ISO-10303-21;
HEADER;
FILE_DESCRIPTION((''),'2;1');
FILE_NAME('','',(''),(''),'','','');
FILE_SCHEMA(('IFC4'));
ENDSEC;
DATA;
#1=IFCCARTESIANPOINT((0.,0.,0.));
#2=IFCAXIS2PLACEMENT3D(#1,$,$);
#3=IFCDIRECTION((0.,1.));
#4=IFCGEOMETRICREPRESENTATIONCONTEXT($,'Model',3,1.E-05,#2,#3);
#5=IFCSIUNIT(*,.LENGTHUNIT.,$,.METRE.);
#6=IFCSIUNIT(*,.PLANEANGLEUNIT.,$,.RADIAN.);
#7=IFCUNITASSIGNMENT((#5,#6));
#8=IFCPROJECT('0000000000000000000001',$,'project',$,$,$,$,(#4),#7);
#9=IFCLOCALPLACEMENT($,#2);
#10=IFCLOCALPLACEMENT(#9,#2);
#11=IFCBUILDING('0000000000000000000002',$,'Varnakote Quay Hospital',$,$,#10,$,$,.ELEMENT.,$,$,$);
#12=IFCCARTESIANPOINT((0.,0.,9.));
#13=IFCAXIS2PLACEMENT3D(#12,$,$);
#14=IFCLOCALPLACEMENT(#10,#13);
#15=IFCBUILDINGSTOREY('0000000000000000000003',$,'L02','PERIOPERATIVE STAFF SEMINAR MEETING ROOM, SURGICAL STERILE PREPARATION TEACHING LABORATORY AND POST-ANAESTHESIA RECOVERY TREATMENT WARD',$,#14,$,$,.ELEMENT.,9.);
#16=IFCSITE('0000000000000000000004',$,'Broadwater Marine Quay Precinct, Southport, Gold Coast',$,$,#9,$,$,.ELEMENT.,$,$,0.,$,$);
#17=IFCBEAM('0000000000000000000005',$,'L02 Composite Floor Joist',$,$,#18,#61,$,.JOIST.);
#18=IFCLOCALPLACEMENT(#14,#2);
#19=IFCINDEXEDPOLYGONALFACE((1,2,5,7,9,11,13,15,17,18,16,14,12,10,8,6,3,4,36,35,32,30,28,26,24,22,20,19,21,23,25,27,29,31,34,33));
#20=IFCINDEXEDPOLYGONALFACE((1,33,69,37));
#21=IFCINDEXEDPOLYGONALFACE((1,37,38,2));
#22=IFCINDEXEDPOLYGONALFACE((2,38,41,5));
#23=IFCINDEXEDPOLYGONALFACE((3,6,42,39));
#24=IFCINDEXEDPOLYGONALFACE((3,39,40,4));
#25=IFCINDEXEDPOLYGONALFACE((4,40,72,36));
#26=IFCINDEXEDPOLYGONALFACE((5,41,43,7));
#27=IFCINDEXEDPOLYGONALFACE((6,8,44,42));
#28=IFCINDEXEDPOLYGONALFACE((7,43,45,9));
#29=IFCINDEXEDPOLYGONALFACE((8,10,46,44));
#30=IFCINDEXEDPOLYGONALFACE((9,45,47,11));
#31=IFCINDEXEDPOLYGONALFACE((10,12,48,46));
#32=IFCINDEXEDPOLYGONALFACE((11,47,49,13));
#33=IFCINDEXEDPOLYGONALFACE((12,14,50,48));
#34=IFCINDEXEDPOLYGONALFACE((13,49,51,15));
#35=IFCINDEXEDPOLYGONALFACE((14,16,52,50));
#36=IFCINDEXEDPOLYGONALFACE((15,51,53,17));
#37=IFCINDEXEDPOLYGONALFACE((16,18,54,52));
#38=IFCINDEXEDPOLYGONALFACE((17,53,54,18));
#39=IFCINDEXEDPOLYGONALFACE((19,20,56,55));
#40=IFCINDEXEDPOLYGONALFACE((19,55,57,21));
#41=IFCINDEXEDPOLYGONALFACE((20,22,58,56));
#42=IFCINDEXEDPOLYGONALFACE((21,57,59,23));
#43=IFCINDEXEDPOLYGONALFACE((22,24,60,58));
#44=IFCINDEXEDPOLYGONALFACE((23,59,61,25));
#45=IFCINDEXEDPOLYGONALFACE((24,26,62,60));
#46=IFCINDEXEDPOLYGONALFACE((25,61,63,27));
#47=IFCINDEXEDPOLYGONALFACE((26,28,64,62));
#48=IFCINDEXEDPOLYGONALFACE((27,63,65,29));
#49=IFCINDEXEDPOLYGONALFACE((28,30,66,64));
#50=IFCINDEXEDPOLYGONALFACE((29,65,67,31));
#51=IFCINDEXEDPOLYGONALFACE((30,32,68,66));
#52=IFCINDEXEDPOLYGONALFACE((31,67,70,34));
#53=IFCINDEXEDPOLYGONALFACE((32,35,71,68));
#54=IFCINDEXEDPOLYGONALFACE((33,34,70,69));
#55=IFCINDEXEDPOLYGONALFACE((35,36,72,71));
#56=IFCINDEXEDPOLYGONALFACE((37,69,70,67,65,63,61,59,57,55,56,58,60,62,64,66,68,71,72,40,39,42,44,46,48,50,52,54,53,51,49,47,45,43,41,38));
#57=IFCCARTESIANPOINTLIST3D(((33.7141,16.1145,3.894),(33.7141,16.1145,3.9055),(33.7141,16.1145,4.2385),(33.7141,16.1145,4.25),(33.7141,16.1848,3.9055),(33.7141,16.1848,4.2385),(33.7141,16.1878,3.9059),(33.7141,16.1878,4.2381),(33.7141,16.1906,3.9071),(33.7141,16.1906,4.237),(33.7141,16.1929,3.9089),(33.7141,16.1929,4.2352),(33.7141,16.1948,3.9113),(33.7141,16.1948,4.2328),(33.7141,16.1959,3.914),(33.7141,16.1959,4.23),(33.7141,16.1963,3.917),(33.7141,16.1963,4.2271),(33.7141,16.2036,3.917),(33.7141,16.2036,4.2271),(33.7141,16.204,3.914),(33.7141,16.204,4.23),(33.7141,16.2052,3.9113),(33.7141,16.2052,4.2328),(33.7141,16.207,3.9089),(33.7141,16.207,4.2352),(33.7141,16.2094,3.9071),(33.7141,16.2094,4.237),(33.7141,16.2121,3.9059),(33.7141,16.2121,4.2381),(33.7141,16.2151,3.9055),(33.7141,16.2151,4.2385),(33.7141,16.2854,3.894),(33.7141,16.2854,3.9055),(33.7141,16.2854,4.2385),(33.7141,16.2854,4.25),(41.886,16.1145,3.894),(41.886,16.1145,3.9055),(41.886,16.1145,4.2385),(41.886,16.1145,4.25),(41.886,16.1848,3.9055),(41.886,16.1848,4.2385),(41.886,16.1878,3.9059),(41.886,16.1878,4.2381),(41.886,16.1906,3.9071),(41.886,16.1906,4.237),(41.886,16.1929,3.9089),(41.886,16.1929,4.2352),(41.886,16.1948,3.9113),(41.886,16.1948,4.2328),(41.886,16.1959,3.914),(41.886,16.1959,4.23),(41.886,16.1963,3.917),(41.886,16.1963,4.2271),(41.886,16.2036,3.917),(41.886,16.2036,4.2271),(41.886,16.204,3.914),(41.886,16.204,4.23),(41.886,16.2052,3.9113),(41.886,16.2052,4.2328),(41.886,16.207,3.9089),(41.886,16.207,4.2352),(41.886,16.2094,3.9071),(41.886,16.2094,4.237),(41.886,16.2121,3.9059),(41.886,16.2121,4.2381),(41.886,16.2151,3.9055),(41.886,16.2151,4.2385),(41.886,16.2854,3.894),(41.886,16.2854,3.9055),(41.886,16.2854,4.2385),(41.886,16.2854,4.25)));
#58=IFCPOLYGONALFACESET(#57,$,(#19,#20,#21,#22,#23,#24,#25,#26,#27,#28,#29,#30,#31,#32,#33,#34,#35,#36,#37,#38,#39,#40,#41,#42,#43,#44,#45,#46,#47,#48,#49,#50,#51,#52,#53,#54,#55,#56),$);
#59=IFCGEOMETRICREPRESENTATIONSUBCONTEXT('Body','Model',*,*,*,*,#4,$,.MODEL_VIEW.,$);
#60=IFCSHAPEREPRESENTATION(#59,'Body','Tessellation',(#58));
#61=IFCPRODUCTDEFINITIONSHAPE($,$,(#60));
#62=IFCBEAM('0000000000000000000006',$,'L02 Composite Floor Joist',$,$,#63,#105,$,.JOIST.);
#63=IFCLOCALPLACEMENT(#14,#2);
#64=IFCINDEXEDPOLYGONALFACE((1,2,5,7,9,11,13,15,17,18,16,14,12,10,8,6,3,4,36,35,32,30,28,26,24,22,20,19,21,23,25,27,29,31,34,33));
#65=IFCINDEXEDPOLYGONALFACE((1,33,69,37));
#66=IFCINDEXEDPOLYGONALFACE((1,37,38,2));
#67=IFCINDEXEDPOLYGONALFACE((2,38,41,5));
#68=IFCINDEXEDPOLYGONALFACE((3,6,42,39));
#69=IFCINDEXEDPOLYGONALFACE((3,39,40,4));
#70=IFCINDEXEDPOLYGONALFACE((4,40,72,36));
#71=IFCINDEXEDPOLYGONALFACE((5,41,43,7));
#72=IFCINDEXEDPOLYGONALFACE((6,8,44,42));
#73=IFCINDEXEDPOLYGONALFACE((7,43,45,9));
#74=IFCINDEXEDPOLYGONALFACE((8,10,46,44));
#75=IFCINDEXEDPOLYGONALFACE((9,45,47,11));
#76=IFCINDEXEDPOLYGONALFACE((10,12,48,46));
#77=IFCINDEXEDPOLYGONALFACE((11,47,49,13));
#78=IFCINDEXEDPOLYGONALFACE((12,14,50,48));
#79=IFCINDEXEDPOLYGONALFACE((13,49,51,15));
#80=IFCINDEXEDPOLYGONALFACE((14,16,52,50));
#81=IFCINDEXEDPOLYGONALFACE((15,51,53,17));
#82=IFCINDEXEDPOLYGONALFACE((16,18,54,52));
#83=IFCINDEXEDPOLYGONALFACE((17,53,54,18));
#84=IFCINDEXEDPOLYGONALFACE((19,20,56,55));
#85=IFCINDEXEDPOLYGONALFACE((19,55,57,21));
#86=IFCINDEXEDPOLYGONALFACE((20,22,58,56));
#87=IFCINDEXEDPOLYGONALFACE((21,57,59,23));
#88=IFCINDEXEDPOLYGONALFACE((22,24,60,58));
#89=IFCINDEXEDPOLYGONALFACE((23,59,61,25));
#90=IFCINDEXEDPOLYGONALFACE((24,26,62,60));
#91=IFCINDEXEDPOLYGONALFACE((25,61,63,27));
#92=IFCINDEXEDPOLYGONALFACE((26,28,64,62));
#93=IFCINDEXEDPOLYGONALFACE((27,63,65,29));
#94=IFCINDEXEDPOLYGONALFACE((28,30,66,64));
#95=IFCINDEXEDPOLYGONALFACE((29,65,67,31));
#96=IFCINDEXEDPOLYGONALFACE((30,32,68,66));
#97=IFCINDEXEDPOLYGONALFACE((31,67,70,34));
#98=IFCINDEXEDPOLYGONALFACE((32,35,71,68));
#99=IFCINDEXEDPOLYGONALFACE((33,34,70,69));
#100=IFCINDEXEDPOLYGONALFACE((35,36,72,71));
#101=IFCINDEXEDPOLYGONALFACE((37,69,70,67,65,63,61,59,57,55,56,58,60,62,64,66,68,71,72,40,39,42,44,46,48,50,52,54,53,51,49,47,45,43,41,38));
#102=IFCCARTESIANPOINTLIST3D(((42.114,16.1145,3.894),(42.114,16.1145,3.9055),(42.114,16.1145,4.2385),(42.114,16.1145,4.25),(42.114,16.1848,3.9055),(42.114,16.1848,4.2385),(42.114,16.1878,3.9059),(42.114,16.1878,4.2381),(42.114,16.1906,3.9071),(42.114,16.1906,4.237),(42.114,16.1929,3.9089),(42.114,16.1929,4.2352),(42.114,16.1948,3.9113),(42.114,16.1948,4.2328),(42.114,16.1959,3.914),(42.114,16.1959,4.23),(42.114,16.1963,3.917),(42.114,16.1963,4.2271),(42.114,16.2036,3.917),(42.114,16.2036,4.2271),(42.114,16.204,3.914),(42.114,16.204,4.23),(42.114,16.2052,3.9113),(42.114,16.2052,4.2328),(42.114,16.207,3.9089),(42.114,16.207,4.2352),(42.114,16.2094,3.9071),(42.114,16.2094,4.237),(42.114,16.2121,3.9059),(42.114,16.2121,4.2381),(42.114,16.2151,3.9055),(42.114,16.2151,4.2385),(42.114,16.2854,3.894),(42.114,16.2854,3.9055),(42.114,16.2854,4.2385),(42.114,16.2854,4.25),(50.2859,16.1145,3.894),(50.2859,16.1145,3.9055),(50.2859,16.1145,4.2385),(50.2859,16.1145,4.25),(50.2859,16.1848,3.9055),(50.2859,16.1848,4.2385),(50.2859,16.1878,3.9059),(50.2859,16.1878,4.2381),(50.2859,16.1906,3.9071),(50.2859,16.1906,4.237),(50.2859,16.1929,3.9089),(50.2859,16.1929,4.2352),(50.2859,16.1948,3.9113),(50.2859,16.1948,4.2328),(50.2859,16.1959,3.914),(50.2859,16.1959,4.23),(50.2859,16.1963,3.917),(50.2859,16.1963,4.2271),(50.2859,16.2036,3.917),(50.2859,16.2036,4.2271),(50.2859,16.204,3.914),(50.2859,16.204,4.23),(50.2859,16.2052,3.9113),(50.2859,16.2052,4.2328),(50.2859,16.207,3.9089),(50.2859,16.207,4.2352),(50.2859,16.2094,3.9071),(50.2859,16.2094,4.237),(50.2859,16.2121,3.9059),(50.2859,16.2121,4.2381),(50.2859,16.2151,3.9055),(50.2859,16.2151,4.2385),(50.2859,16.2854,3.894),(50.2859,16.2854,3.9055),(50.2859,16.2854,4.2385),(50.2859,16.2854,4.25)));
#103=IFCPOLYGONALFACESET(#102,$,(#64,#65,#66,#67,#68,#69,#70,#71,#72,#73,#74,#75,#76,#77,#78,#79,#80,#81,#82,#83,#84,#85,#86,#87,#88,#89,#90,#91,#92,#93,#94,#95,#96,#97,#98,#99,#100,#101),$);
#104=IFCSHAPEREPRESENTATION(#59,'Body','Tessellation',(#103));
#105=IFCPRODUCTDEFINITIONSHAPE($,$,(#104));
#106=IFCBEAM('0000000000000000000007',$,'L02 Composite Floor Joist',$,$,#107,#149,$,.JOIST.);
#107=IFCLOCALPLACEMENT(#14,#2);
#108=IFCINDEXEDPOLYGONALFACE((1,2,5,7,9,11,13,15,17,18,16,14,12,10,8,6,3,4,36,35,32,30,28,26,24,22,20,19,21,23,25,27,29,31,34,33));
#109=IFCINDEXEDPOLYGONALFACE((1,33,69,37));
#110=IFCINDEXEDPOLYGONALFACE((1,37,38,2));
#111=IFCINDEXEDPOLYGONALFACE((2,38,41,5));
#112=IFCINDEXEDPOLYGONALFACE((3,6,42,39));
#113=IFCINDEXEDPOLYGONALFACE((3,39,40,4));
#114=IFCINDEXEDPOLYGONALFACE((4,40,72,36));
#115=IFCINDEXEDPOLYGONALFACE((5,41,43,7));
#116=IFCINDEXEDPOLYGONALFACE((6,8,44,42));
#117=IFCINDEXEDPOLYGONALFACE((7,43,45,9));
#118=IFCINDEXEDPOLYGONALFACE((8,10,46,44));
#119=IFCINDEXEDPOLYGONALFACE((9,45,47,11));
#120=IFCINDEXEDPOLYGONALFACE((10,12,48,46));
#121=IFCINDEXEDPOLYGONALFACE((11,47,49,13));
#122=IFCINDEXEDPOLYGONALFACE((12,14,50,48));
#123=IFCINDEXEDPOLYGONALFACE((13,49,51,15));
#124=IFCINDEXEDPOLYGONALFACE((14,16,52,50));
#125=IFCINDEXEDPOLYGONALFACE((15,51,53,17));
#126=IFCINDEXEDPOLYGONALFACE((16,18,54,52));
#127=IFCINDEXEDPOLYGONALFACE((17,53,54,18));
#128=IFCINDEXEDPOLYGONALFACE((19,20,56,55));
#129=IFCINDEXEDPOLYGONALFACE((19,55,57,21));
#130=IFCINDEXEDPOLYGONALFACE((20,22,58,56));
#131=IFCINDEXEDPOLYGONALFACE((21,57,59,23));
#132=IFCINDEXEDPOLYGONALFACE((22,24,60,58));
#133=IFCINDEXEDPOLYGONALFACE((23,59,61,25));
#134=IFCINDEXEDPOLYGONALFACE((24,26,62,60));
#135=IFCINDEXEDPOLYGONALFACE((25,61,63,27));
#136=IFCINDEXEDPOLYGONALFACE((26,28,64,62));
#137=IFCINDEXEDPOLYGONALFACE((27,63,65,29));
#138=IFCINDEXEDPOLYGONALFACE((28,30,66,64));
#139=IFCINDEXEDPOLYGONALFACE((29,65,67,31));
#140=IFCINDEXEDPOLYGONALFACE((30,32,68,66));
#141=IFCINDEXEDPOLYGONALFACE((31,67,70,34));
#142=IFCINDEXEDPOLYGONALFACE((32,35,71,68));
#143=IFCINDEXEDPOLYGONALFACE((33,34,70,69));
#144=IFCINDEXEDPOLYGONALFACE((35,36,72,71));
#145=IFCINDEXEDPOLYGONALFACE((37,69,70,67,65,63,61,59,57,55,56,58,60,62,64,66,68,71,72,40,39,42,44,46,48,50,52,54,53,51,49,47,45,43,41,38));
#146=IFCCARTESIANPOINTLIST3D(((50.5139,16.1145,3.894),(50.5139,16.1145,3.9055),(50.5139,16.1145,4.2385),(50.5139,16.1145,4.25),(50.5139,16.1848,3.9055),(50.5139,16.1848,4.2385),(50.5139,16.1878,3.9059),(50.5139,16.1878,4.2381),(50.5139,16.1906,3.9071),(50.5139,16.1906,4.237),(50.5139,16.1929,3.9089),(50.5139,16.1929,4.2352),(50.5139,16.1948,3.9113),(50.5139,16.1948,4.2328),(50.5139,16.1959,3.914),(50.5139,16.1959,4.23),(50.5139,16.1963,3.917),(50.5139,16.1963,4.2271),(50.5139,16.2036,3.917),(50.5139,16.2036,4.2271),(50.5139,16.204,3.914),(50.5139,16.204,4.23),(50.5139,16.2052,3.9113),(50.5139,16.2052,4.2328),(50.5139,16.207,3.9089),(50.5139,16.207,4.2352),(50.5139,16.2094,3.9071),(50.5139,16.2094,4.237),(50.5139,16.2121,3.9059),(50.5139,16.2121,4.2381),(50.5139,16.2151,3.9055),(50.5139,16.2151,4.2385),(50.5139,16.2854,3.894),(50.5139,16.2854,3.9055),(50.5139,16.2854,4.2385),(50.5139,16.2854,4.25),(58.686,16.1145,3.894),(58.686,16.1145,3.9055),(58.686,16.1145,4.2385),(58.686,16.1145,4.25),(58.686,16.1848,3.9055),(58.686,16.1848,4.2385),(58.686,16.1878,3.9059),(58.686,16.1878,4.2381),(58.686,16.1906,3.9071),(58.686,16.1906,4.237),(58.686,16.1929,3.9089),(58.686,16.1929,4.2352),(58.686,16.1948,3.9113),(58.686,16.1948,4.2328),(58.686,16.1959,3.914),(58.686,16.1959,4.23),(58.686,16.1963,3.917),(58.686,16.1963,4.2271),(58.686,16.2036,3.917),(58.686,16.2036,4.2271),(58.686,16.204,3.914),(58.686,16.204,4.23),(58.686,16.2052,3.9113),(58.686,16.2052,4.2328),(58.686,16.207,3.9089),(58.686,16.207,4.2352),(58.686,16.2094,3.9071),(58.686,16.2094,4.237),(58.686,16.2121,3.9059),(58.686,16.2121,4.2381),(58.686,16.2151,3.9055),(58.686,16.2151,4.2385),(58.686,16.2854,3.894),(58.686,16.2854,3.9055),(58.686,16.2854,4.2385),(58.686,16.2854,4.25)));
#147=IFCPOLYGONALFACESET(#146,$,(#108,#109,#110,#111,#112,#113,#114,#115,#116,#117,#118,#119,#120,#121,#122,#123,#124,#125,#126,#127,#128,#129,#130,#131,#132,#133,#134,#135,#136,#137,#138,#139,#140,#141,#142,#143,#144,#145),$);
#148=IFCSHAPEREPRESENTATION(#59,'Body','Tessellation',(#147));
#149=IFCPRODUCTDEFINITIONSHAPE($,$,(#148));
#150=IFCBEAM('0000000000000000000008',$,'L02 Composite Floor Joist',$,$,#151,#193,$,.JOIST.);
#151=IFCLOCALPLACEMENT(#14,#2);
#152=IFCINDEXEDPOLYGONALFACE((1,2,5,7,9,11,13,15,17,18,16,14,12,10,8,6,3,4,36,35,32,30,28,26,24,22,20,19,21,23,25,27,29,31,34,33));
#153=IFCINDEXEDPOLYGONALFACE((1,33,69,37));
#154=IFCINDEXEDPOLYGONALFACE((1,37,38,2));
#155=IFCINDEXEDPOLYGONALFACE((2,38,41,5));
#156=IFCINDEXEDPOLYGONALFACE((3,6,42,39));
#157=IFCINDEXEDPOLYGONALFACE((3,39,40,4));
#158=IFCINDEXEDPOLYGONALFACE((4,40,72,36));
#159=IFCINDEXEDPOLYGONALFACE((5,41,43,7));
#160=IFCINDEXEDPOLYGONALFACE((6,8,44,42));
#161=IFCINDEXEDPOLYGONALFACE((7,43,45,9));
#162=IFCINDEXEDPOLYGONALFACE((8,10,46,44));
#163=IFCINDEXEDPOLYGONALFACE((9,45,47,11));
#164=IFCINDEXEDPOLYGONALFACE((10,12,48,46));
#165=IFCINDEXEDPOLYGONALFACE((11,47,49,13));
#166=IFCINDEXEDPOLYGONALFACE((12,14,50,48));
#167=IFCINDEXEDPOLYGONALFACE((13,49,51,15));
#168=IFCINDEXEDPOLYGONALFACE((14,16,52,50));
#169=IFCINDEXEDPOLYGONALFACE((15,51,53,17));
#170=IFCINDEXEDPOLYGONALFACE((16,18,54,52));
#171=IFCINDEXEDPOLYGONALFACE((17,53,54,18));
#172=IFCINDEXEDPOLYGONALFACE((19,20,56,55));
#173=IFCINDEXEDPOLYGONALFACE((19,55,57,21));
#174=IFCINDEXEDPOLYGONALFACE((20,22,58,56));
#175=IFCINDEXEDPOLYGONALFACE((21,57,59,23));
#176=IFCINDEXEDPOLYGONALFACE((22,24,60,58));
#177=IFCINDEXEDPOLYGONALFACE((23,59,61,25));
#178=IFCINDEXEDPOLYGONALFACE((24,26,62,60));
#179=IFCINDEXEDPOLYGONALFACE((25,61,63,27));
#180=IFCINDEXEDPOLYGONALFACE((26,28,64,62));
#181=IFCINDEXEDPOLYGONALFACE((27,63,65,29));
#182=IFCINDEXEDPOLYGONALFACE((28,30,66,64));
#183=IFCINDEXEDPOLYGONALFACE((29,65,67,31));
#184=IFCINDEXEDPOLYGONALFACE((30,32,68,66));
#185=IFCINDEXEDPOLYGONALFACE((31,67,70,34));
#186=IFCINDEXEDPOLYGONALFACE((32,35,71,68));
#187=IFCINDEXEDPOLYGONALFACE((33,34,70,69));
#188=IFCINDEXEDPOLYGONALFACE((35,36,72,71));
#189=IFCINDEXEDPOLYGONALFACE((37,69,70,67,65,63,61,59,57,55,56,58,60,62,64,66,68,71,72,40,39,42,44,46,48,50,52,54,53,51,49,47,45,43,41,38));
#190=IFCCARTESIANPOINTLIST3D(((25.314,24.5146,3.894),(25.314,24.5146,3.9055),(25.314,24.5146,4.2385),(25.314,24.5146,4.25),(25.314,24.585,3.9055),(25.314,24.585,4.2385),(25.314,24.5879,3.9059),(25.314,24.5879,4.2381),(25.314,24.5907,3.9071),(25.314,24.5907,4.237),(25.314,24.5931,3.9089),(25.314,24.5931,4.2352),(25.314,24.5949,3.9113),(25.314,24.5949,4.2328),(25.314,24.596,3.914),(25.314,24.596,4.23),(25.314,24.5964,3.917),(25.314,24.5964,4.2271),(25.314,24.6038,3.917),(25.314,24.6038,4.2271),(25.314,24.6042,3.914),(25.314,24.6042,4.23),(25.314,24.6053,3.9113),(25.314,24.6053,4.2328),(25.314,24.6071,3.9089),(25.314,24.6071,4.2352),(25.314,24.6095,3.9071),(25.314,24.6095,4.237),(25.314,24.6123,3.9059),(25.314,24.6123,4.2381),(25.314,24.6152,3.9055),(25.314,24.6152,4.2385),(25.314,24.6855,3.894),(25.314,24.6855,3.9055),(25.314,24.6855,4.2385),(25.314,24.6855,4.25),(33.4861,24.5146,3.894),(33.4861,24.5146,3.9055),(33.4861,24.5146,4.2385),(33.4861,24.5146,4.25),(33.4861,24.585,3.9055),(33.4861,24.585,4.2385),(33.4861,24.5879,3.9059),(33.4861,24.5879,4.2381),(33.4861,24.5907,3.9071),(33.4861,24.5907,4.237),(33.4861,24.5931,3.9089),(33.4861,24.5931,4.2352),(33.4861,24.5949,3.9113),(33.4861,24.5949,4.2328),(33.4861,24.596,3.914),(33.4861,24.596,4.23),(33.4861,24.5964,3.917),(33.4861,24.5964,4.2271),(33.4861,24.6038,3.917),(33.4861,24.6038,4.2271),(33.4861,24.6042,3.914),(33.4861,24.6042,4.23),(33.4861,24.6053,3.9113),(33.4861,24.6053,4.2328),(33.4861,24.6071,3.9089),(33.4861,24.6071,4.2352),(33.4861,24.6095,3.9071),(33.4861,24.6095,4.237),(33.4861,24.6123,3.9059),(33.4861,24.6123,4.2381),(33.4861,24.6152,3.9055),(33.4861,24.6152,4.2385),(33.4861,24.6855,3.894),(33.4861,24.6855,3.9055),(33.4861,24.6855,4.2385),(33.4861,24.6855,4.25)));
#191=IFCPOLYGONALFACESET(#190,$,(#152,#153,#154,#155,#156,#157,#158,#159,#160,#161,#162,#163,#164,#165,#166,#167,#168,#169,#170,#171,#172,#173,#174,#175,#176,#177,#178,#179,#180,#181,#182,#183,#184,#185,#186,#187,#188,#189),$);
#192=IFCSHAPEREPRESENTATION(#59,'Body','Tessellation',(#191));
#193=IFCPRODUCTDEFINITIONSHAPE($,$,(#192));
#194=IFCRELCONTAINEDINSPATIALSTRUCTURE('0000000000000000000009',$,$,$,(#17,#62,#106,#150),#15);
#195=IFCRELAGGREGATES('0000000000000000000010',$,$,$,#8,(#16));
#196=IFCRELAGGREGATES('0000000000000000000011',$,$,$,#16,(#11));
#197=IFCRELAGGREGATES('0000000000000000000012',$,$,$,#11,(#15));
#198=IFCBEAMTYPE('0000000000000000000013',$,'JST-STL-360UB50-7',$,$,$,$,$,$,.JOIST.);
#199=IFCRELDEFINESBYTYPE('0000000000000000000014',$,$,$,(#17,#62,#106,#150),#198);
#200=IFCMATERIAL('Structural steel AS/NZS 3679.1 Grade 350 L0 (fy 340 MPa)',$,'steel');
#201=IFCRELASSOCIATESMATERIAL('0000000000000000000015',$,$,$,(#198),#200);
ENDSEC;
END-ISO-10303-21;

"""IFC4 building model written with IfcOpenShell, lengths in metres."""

from ifc_helpers import new_model, si_unit, direction, frame, origin, origin_2d, place, context, subcontext, project, spatial, i_section, extrude, material, material_profile, profile_set, type_object, element, save


model = new_model("IFC4")

# Units and contexts
model_context = context("Model", 3, precision=1e-05, world=origin(), true_north=direction((0.0, 1.0)))
body_context = subcontext(model_context, "Body", "Model", "MODEL_VIEW")
ifc_project = project(units=[si_unit("LENGTHUNIT", "METRE"), si_unit("PLANEANGLEUNIT", "RADIAN")], contexts=[model_context])

# Site, building, storey
site_placement = place(None, origin())
site = spatial("IfcSite", under=ifc_project, at=site_placement, Name="Broadwater Marine Quay Precinct, Southport, Gold Coast", CompositionType="ELEMENT", RefElevation=0.0)
building_placement = place(site_placement, origin())
building = spatial("IfcBuilding", under=site, at=building_placement, Name="Varnakote Quay Hospital", CompositionType="ELEMENT")
storey_placement = place(building_placement, frame((0.0, 0.0, 9.0)))
storey = spatial("IfcBuildingStorey", under=building, at=storey_placement, Name="L02", Description="PERIOPERATIVE STAFF SEMINAR MEETING ROOM, SURGICAL STERILE PREPARATION TEACHING LABORATORY AND POST-ANAESTHESIA RECOVERY TREATMENT WARD", CompositionType="ELEMENT", Elevation=9.0)

# Beams
ifc_material_1 = material(Name="Structural steel AS/NZS 3679.1 Grade 350 L0 (fy 340 MPa)", Category="steel")
ifc_material_profile_1 = material_profile(ifc_material_1, i_section(OverallWidth=0.1709, OverallDepth=0.356, WebThickness=0.0073, FlangeThickness=0.0115, FilletRadius=0.0115, at=origin_2d()), Name="360UB50.7")
ifc_profile_set_1 = profile_set([ifc_material_profile_1], Name="Structural steel AS/NZS 3679.1 Grade 350 L0 (fy 340 MPa)")
beam_type_1 = type_object("IfcBeamType", Name="JST-STL-360UB50-7", PredefinedType="JOIST", material=ifc_profile_set_1)
for number, where, z_axis, x_axis, name in (
    (1, (33.7141, 16.2, 4.072), (1.0, 0.0, 0.0), (0.0, 1.0, 0.0), "L02 Composite Floor Joist"),
    (2, (42.114, 16.2, 4.072), (1.0, 0.0, 0.0), (0.0, 1.0, 0.0), "L02 Composite Floor Joist"),
):
    element("IfcBeam", number, at=place(storey_placement, frame(where, z_axis=z_axis, x_axis=x_axis)), inside=storey, type_object=beam_type_1, Name=name, PredefinedType="JOIST", context=body_context, shape_type="SweptSolid", body=[
        extrude(i_section(OverallWidth=0.1709, OverallDepth=0.356, WebThickness=0.0073, FlangeThickness=0.0115, FilletRadius=0.0115, at=origin_2d()), origin(), (0.0, 0.0, 1.0), 8.1719),
    ])
for number, where, z_axis, x_axis, name in (
    (3, (50.5139, 16.2, 4.072), (1.0, 0.0, 0.0), (0.0, 1.0, 0.0), "L02 Composite Floor Joist"),
    (4, (25.314, 24.6001, 4.072), (1.0, 0.0, 0.0), (0.0, 1.0, 0.0), "L02 Composite Floor Joist"),
):
    element("IfcBeam", number, at=place(storey_placement, frame(where, z_axis=z_axis, x_axis=x_axis)), inside=storey, type_object=beam_type_1, Name=name, PredefinedType="JOIST", context=body_context, shape_type="SweptSolid", body=[
        extrude(i_section(OverallWidth=0.1709, OverallDepth=0.356, WebThickness=0.0073, FlangeThickness=0.0115, FilletRadius=0.0115, at=origin_2d()), origin(), (0.0, 0.0, 1.0), 8.1721),
    ])

save(model, "model.ifc")
